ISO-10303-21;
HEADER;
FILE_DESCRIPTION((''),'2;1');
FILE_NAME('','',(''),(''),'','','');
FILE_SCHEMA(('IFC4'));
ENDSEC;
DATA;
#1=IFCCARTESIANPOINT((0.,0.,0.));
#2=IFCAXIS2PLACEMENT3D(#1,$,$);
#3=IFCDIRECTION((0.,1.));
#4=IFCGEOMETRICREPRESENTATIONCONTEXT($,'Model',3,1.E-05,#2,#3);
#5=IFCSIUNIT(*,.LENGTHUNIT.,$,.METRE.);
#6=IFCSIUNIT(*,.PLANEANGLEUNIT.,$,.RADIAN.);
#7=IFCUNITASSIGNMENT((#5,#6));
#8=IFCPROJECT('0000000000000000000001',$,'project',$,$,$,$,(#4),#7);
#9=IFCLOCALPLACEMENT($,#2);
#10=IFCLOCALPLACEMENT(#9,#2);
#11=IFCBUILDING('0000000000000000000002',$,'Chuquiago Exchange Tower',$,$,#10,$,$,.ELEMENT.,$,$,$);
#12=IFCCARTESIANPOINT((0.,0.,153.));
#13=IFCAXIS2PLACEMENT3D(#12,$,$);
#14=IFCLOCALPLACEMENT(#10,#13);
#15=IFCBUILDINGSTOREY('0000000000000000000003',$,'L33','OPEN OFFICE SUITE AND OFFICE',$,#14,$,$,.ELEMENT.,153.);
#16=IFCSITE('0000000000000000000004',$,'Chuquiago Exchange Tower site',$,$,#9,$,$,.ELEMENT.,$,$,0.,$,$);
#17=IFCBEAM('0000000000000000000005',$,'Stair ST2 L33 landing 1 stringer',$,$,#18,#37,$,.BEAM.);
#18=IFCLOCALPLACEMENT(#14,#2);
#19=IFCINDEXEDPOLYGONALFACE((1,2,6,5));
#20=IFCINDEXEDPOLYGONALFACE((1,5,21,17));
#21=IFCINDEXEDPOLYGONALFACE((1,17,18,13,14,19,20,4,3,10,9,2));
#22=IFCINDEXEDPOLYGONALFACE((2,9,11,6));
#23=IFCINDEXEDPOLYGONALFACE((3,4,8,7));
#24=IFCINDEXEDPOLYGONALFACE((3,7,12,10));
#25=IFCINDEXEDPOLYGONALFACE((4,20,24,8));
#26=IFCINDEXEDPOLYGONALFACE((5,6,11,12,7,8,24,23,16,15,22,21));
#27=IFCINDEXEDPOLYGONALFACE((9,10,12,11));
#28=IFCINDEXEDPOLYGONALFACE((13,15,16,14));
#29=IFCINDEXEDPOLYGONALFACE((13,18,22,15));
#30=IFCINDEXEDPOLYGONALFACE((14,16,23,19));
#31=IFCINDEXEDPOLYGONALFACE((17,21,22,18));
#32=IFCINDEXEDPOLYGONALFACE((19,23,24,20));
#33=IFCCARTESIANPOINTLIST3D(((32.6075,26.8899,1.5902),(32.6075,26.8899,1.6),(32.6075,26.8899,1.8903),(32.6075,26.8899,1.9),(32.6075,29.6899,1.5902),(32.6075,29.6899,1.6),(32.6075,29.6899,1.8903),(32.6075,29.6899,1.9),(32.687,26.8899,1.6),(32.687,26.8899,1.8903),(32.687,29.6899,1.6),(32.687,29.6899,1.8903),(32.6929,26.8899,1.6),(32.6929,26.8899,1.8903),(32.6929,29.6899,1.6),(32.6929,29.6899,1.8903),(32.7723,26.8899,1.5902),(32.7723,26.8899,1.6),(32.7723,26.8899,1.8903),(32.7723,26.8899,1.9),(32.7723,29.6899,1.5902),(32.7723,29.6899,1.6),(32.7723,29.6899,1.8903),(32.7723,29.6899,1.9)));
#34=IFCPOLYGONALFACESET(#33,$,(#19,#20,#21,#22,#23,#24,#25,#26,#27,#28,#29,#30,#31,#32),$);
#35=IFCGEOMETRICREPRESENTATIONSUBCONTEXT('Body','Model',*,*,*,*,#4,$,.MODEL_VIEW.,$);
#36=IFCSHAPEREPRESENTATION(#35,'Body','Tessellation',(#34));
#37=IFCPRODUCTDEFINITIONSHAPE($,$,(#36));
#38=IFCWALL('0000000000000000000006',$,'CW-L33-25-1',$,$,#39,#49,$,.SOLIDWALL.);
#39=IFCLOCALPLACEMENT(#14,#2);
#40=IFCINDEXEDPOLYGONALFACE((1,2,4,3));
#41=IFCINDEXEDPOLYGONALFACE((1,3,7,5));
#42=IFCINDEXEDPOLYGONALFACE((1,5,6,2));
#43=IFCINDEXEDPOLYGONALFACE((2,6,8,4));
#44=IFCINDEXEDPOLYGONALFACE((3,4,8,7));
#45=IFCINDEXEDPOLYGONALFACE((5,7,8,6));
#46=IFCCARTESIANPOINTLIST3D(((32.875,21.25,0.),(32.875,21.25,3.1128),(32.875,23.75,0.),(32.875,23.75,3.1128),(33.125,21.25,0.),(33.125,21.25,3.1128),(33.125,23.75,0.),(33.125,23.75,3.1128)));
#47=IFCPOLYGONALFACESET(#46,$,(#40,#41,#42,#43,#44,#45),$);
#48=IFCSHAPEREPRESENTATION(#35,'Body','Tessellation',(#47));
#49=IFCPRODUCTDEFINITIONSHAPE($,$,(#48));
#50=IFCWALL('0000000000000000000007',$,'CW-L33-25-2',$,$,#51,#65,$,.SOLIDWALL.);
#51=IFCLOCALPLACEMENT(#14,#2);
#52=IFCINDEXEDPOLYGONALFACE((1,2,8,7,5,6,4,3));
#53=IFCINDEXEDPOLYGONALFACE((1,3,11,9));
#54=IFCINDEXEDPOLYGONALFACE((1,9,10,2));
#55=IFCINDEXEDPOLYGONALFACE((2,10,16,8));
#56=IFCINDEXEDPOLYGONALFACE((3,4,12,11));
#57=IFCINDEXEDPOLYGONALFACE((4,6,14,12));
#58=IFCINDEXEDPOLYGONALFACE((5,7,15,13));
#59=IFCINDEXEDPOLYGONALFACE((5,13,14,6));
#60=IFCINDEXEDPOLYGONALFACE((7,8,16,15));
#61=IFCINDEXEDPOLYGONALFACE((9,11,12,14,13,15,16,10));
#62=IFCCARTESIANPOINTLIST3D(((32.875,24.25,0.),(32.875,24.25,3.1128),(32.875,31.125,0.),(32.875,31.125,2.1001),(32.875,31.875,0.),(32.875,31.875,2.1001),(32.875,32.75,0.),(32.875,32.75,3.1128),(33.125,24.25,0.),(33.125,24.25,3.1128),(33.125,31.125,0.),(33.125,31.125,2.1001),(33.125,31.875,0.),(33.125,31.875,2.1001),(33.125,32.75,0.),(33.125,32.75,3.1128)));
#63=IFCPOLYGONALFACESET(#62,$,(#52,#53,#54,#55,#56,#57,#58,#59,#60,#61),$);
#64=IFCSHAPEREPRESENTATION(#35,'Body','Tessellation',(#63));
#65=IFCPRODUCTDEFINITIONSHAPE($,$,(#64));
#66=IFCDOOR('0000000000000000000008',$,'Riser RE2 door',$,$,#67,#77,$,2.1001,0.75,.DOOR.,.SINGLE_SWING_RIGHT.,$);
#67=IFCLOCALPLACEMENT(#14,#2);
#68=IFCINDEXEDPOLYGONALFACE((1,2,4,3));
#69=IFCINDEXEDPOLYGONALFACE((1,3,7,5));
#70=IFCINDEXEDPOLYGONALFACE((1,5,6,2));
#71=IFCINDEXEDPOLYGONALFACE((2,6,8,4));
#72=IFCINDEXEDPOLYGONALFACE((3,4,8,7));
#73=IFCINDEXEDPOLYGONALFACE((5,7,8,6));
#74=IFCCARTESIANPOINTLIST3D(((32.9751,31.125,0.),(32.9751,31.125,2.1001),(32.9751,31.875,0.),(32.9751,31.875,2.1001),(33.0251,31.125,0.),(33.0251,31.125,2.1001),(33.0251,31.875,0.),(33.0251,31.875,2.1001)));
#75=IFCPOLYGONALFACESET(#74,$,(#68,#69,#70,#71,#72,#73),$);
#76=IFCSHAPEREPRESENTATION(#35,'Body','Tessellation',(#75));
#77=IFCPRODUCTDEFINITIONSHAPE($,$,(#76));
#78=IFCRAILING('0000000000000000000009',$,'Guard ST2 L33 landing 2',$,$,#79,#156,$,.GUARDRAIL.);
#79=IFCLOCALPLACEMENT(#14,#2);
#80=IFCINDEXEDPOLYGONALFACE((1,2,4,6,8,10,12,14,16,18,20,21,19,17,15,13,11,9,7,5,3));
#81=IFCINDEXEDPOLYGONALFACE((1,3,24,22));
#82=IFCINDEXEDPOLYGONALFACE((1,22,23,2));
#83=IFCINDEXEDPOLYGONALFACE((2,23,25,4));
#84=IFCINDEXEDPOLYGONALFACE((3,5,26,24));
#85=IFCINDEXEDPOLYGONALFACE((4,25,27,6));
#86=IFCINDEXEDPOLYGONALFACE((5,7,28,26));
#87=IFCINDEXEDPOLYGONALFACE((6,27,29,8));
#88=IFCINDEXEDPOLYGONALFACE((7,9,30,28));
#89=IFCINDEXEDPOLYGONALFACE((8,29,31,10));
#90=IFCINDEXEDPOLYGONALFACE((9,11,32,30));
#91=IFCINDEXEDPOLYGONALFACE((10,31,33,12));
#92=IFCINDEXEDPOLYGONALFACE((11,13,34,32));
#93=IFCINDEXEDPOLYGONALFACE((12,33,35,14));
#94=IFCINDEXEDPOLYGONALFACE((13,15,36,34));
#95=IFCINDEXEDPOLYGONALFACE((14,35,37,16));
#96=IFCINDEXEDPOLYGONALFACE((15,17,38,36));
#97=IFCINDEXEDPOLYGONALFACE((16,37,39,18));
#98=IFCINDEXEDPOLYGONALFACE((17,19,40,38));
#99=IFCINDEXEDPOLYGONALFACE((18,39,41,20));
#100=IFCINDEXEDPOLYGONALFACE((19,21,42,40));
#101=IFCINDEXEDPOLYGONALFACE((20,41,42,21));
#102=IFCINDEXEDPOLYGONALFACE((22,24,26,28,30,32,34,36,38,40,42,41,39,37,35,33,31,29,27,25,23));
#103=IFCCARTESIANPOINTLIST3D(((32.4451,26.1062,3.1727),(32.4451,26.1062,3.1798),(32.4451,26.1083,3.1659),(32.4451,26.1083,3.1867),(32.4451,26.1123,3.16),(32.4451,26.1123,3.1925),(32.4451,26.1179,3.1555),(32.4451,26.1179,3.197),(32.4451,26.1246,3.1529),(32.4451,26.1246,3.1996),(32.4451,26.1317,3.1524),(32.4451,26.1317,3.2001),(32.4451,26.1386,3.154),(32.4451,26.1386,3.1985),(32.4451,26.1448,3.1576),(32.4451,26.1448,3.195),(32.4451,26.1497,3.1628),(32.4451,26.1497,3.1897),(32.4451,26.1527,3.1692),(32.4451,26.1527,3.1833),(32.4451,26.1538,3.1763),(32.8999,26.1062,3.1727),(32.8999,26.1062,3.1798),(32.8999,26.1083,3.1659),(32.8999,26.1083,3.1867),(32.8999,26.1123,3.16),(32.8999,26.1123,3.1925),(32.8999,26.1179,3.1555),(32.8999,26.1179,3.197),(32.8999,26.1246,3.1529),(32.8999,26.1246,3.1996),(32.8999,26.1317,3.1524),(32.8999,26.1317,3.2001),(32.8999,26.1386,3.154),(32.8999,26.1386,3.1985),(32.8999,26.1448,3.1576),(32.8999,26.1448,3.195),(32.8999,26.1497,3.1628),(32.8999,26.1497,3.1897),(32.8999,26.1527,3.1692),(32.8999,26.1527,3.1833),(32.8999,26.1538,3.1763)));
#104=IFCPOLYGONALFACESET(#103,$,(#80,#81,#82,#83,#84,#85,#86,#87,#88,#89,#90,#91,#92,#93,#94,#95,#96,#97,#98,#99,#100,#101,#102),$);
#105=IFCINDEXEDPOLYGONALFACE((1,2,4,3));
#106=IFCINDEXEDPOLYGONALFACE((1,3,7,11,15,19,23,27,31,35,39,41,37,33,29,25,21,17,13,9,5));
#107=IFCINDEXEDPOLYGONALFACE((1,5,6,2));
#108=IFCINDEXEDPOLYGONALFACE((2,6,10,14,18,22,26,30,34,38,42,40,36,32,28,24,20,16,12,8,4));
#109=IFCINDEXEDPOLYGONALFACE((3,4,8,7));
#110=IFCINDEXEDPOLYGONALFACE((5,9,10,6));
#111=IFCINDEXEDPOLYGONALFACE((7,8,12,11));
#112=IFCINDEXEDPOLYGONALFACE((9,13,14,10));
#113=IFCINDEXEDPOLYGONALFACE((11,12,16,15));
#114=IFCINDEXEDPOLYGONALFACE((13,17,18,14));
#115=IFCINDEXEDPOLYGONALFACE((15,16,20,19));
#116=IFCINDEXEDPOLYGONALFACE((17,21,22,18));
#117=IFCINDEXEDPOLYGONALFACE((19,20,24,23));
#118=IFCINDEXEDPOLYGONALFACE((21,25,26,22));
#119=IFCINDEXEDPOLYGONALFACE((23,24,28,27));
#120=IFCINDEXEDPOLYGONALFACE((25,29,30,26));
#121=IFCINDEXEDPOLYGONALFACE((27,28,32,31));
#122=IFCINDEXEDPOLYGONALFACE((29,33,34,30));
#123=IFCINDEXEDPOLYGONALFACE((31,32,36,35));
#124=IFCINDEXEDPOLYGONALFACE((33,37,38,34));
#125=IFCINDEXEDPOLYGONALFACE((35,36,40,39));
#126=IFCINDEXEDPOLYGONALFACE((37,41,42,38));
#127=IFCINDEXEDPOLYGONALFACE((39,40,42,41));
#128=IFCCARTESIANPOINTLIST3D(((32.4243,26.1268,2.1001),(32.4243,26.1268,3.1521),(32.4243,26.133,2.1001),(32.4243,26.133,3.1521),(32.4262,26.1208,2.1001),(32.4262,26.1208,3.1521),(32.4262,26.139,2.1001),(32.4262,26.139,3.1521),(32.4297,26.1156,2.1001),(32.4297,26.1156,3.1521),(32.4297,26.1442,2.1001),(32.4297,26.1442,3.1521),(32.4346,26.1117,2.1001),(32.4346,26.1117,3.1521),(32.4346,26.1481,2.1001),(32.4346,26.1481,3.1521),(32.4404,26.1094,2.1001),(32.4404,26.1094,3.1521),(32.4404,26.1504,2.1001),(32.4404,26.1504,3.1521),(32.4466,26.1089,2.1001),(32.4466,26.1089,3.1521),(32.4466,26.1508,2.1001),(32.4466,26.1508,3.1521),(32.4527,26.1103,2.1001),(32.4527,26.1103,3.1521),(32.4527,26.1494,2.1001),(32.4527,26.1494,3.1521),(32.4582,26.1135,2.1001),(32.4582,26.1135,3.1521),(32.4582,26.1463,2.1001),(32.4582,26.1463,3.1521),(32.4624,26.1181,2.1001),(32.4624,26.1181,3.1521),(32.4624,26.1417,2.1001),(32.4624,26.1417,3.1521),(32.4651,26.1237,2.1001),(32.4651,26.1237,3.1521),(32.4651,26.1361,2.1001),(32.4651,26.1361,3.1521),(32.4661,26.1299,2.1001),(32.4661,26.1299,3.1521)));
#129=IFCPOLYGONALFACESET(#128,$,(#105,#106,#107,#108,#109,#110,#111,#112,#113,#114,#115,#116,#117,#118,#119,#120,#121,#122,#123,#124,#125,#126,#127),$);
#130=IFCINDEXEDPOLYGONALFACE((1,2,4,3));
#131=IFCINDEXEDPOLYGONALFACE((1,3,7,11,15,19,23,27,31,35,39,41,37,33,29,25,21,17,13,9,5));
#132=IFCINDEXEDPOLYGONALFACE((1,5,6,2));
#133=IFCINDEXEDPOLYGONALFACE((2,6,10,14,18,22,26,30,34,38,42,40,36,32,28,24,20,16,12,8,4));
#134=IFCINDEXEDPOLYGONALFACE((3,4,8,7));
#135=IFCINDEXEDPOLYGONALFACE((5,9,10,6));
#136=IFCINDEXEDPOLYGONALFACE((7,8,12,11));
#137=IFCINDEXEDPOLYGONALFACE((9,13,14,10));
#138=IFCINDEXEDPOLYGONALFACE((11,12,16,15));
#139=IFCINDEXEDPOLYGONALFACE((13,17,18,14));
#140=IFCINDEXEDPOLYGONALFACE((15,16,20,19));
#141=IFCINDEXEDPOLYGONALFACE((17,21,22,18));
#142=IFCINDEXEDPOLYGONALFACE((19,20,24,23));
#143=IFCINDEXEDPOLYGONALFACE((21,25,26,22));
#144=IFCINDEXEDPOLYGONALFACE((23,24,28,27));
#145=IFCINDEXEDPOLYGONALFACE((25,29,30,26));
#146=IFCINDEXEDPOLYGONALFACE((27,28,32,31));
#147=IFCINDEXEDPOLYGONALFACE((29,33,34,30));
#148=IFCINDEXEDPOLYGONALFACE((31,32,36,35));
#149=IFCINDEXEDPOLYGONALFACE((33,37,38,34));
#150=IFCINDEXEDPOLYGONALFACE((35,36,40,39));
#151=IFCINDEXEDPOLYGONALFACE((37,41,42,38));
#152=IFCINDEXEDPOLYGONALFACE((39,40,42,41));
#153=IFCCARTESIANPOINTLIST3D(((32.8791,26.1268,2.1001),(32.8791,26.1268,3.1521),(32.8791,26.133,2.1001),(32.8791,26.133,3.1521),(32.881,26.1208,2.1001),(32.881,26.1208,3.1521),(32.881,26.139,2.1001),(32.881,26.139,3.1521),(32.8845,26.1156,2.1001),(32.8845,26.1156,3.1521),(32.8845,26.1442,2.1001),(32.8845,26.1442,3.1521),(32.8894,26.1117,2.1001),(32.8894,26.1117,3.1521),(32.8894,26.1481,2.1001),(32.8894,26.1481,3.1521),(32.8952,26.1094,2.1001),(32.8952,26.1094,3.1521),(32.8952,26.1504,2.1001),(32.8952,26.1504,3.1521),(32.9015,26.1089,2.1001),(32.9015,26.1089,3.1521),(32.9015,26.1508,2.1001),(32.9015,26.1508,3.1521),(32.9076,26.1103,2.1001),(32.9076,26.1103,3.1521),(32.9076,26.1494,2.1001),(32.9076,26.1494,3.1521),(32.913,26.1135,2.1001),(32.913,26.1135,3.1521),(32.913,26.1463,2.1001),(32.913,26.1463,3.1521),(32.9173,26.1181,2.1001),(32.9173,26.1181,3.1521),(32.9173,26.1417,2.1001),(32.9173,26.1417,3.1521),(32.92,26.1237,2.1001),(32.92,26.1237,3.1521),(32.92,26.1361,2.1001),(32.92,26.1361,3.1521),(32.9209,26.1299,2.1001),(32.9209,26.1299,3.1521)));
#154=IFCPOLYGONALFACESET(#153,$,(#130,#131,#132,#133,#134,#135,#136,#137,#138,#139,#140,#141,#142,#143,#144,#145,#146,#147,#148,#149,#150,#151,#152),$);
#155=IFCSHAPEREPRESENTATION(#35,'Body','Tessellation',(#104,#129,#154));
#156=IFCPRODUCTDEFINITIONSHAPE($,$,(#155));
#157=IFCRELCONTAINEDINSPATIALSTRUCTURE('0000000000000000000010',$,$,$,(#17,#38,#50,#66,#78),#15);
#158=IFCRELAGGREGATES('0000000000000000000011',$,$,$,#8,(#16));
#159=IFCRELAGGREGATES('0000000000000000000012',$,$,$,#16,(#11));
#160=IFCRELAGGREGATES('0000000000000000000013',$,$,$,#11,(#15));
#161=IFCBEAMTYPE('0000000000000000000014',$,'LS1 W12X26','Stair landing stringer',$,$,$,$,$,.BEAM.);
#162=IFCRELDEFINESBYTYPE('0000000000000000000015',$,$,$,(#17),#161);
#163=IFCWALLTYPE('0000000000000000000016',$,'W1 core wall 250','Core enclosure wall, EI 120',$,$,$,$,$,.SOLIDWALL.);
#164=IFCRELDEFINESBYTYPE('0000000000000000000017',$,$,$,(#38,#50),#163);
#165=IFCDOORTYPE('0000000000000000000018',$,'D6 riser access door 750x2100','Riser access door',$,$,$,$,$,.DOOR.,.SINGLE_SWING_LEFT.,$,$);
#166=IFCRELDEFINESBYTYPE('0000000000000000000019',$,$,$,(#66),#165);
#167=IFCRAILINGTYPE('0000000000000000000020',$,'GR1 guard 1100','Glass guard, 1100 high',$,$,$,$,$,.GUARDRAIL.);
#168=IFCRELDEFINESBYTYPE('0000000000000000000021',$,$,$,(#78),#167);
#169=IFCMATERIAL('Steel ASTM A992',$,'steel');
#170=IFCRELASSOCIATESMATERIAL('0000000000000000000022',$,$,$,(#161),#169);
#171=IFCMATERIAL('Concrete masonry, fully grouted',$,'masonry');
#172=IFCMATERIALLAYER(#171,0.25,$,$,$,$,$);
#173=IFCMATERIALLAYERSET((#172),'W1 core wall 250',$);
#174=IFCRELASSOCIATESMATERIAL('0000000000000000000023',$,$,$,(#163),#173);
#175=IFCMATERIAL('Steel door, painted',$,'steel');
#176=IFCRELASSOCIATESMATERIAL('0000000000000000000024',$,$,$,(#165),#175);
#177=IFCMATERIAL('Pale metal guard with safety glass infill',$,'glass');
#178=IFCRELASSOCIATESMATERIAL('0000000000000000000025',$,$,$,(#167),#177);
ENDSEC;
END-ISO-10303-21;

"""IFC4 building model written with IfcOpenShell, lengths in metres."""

from ifc_helpers import new_model, si_unit, direction, frame, frame_2d, origin, origin_2d, place, context, subcontext, project, spatial, rectangle, circle, i_section, extrude, material, layer, layer_set, material_profile, profile_set, type_object, element, fill, save


model = new_model("IFC4")

# Units and contexts
model_context = context("Model", 3, precision=1e-05, world=origin(), true_north=direction((0.0, 1.0)))
body_context = subcontext(model_context, "Body", "Model", "MODEL_VIEW")
ifc_project = project(units=[si_unit("LENGTHUNIT", "METRE"), si_unit("PLANEANGLEUNIT", "RADIAN")], contexts=[model_context])

# Site, building, storey
site_placement = place(None, origin())
site = spatial("IfcSite", under=ifc_project, at=site_placement, Name="Chuquiago Exchange Tower site", CompositionType="ELEMENT", RefElevation=0.0)
building_placement = place(site_placement, origin())
building = spatial("IfcBuilding", under=site, at=building_placement, Name="Chuquiago Exchange Tower", CompositionType="ELEMENT")
storey_placement = place(building_placement, frame((0.0, 0.0, 153.0)))
storey = spatial("IfcBuildingStorey", under=building, at=storey_placement, Name="L33", Description="OPEN OFFICE SUITE AND OFFICE", CompositionType="ELEMENT", Elevation=153.0)

# Beam
ifc_material_1 = material(Name="Steel ASTM A992", Category="steel")
ifc_material_profile_1 = material_profile(ifc_material_1, i_section(OverallWidth=0.1648, OverallDepth=0.3098, WebThickness=0.0059, FlangeThickness=0.0098, at=origin_2d()), Name="W12X26")
ifc_profile_set_1 = profile_set([ifc_material_profile_1], Name="Steel ASTM A992")
beam_type_1 = type_object("IfcBeamType", Name="LS1 W12X26", Description="Stair landing stringer", PredefinedType="BEAM", material=ifc_profile_set_1)
beam_1_placement = place(storey_placement, frame((32.6899, 26.8899, 1.7451), z_axis=(0.0, 1.0, 0.0), x_axis=(-1.0, 0.0, 0.0)))
element("IfcBeam", 1, at=beam_1_placement, inside=storey, type_object=beam_type_1, Name="Stair ST2 L33 landing 1 stringer", PredefinedType="BEAM", context=body_context, shape_type="SweptSolid", body=[
    extrude(i_section(OverallWidth=0.1648, OverallDepth=0.3098, WebThickness=0.0059, FlangeThickness=0.0098, at=origin_2d()), origin(), (0.0, 0.0, 1.0), 2.8),
])

# Wall
ifc_material_2 = material(Name="Concrete masonry, fully grouted", Category="masonry")
ifc_layer_1 = layer(ifc_material_2, 0.25)
ifc_layer_set_1 = layer_set([ifc_layer_1], Name="W1 core wall 250")
wall_type_1 = type_object("IfcWallType", Name="W1 core wall 250", Description="Core enclosure wall, EI 120", PredefinedType="SOLIDWALL", material=ifc_layer_set_1)
wall_1_placement = place(storey_placement, frame((33.0, 21.25, 0.0), z_axis=(0.0, 0.0, 1.0), x_axis=(0.0, 1.0, 0.0)))
element("IfcWall", 2, at=wall_1_placement, inside=storey, type_object=wall_type_1, Name="CW-L33-25-1", PredefinedType="SOLIDWALL", context=body_context, shape_type="SweptSolid", body=[
    extrude(rectangle(XDim=2.5, YDim=0.25, at=frame_2d((1.25, 0.0))), origin(), (0.0, 0.0, 1.0), 3.1128),
])

# Wall, opening, door
wall_2_placement = place(storey_placement, frame((33.0, 24.25, 0.0), z_axis=(0.0, 0.0, 1.0), x_axis=(0.0, 1.0, 0.0)))
wall_2 = element("IfcWall", 3, at=wall_2_placement, inside=storey, type_object=wall_type_1, Name="CW-L33-25-2", PredefinedType="SOLIDWALL", context=body_context, shape_type="SweptSolid", body=[
    extrude(rectangle(XDim=8.5, YDim=0.25, at=frame_2d((4.25, 0.0))), origin(), (0.0, 0.0, 1.0), 3.1128),
])
opening_1_placement = place(wall_2_placement, frame((6.875, 0.0, 0.0)))
opening_1 = element("IfcOpeningElement", 4, at=opening_1_placement, cuts=wall_2, PredefinedType="OPENING", context=body_context, shape_type="SweptSolid", body=[
    extrude(rectangle(XDim=0.75, YDim=2.1001, at=frame_2d((0.375, 1.05))), frame((0.0, 0.135, 0.0), z_axis=(0.0, -1.0, 0.0), x_axis=(1.0, 0.0, 0.0)), (0.0, 0.0, 1.0), 0.27),
])
ifc_material_3 = material(Name="Steel door, painted", Category="steel")
door_type_1 = type_object("IfcDoorType", Name="D6 riser access door 750x2100", Description="Riser access door", OperationType="SINGLE_SWING_LEFT", PredefinedType="DOOR", material=ifc_material_3)
door_1_placement = place(opening_1_placement, origin())
door_1 = element("IfcDoor", 5, at=door_1_placement, inside=storey, type_object=door_type_1, Name="Riser RE2 door", OperationType="SINGLE_SWING_RIGHT", OverallHeight=2.1001, OverallWidth=0.75, PredefinedType="DOOR", context=body_context, shape_type="SweptSolid", body=[
    extrude(rectangle(XDim=0.75, YDim=2.1001, at=frame_2d((0.375, 1.05))), frame((0.0, 0.0249, 0.0), z_axis=(0.0, -1.0, 0.0), x_axis=(1.0, 0.0, 0.0)), (0.0, 0.0, 1.0), 0.05),
])
fill(opening_1, door_1)

# Railing
ifc_material_4 = material(Name="Pale metal guard with safety glass infill", Category="glass")
railing_type_1 = type_object("IfcRailingType", Name="GR1 guard 1100", Description="Glass guard, 1100 high", PredefinedType="GUARDRAIL", material=ifc_material_4)
railing_placement = place(storey_placement, frame((32.4451, 26.1299, 2.1001)))
element("IfcRailing", 6, at=railing_placement, inside=storey, type_object=railing_type_1, Name="Guard ST2 L33 landing 2", PredefinedType="GUARDRAIL", context=body_context, shape_type="SweptSolid", body=[
    extrude(circle(Radius=0.0239, at=origin_2d()), frame((0.0, 0.0, 1.0762), z_axis=(1.0, 0.0, 0.0), x_axis=(0.0, 1.0, 0.0)), (0.0, 0.0, 1.0), 0.4548),
    extrude(circle(Radius=0.021, at=origin_2d()), origin(), (0.0, 0.0, 1.0), 1.052),
    extrude(circle(Radius=0.021, at=origin_2d()), frame((0.4548, 0.0, 0.0)), (0.0, 0.0, 1.0), 1.052),
])

save(model, "model.ifc")
